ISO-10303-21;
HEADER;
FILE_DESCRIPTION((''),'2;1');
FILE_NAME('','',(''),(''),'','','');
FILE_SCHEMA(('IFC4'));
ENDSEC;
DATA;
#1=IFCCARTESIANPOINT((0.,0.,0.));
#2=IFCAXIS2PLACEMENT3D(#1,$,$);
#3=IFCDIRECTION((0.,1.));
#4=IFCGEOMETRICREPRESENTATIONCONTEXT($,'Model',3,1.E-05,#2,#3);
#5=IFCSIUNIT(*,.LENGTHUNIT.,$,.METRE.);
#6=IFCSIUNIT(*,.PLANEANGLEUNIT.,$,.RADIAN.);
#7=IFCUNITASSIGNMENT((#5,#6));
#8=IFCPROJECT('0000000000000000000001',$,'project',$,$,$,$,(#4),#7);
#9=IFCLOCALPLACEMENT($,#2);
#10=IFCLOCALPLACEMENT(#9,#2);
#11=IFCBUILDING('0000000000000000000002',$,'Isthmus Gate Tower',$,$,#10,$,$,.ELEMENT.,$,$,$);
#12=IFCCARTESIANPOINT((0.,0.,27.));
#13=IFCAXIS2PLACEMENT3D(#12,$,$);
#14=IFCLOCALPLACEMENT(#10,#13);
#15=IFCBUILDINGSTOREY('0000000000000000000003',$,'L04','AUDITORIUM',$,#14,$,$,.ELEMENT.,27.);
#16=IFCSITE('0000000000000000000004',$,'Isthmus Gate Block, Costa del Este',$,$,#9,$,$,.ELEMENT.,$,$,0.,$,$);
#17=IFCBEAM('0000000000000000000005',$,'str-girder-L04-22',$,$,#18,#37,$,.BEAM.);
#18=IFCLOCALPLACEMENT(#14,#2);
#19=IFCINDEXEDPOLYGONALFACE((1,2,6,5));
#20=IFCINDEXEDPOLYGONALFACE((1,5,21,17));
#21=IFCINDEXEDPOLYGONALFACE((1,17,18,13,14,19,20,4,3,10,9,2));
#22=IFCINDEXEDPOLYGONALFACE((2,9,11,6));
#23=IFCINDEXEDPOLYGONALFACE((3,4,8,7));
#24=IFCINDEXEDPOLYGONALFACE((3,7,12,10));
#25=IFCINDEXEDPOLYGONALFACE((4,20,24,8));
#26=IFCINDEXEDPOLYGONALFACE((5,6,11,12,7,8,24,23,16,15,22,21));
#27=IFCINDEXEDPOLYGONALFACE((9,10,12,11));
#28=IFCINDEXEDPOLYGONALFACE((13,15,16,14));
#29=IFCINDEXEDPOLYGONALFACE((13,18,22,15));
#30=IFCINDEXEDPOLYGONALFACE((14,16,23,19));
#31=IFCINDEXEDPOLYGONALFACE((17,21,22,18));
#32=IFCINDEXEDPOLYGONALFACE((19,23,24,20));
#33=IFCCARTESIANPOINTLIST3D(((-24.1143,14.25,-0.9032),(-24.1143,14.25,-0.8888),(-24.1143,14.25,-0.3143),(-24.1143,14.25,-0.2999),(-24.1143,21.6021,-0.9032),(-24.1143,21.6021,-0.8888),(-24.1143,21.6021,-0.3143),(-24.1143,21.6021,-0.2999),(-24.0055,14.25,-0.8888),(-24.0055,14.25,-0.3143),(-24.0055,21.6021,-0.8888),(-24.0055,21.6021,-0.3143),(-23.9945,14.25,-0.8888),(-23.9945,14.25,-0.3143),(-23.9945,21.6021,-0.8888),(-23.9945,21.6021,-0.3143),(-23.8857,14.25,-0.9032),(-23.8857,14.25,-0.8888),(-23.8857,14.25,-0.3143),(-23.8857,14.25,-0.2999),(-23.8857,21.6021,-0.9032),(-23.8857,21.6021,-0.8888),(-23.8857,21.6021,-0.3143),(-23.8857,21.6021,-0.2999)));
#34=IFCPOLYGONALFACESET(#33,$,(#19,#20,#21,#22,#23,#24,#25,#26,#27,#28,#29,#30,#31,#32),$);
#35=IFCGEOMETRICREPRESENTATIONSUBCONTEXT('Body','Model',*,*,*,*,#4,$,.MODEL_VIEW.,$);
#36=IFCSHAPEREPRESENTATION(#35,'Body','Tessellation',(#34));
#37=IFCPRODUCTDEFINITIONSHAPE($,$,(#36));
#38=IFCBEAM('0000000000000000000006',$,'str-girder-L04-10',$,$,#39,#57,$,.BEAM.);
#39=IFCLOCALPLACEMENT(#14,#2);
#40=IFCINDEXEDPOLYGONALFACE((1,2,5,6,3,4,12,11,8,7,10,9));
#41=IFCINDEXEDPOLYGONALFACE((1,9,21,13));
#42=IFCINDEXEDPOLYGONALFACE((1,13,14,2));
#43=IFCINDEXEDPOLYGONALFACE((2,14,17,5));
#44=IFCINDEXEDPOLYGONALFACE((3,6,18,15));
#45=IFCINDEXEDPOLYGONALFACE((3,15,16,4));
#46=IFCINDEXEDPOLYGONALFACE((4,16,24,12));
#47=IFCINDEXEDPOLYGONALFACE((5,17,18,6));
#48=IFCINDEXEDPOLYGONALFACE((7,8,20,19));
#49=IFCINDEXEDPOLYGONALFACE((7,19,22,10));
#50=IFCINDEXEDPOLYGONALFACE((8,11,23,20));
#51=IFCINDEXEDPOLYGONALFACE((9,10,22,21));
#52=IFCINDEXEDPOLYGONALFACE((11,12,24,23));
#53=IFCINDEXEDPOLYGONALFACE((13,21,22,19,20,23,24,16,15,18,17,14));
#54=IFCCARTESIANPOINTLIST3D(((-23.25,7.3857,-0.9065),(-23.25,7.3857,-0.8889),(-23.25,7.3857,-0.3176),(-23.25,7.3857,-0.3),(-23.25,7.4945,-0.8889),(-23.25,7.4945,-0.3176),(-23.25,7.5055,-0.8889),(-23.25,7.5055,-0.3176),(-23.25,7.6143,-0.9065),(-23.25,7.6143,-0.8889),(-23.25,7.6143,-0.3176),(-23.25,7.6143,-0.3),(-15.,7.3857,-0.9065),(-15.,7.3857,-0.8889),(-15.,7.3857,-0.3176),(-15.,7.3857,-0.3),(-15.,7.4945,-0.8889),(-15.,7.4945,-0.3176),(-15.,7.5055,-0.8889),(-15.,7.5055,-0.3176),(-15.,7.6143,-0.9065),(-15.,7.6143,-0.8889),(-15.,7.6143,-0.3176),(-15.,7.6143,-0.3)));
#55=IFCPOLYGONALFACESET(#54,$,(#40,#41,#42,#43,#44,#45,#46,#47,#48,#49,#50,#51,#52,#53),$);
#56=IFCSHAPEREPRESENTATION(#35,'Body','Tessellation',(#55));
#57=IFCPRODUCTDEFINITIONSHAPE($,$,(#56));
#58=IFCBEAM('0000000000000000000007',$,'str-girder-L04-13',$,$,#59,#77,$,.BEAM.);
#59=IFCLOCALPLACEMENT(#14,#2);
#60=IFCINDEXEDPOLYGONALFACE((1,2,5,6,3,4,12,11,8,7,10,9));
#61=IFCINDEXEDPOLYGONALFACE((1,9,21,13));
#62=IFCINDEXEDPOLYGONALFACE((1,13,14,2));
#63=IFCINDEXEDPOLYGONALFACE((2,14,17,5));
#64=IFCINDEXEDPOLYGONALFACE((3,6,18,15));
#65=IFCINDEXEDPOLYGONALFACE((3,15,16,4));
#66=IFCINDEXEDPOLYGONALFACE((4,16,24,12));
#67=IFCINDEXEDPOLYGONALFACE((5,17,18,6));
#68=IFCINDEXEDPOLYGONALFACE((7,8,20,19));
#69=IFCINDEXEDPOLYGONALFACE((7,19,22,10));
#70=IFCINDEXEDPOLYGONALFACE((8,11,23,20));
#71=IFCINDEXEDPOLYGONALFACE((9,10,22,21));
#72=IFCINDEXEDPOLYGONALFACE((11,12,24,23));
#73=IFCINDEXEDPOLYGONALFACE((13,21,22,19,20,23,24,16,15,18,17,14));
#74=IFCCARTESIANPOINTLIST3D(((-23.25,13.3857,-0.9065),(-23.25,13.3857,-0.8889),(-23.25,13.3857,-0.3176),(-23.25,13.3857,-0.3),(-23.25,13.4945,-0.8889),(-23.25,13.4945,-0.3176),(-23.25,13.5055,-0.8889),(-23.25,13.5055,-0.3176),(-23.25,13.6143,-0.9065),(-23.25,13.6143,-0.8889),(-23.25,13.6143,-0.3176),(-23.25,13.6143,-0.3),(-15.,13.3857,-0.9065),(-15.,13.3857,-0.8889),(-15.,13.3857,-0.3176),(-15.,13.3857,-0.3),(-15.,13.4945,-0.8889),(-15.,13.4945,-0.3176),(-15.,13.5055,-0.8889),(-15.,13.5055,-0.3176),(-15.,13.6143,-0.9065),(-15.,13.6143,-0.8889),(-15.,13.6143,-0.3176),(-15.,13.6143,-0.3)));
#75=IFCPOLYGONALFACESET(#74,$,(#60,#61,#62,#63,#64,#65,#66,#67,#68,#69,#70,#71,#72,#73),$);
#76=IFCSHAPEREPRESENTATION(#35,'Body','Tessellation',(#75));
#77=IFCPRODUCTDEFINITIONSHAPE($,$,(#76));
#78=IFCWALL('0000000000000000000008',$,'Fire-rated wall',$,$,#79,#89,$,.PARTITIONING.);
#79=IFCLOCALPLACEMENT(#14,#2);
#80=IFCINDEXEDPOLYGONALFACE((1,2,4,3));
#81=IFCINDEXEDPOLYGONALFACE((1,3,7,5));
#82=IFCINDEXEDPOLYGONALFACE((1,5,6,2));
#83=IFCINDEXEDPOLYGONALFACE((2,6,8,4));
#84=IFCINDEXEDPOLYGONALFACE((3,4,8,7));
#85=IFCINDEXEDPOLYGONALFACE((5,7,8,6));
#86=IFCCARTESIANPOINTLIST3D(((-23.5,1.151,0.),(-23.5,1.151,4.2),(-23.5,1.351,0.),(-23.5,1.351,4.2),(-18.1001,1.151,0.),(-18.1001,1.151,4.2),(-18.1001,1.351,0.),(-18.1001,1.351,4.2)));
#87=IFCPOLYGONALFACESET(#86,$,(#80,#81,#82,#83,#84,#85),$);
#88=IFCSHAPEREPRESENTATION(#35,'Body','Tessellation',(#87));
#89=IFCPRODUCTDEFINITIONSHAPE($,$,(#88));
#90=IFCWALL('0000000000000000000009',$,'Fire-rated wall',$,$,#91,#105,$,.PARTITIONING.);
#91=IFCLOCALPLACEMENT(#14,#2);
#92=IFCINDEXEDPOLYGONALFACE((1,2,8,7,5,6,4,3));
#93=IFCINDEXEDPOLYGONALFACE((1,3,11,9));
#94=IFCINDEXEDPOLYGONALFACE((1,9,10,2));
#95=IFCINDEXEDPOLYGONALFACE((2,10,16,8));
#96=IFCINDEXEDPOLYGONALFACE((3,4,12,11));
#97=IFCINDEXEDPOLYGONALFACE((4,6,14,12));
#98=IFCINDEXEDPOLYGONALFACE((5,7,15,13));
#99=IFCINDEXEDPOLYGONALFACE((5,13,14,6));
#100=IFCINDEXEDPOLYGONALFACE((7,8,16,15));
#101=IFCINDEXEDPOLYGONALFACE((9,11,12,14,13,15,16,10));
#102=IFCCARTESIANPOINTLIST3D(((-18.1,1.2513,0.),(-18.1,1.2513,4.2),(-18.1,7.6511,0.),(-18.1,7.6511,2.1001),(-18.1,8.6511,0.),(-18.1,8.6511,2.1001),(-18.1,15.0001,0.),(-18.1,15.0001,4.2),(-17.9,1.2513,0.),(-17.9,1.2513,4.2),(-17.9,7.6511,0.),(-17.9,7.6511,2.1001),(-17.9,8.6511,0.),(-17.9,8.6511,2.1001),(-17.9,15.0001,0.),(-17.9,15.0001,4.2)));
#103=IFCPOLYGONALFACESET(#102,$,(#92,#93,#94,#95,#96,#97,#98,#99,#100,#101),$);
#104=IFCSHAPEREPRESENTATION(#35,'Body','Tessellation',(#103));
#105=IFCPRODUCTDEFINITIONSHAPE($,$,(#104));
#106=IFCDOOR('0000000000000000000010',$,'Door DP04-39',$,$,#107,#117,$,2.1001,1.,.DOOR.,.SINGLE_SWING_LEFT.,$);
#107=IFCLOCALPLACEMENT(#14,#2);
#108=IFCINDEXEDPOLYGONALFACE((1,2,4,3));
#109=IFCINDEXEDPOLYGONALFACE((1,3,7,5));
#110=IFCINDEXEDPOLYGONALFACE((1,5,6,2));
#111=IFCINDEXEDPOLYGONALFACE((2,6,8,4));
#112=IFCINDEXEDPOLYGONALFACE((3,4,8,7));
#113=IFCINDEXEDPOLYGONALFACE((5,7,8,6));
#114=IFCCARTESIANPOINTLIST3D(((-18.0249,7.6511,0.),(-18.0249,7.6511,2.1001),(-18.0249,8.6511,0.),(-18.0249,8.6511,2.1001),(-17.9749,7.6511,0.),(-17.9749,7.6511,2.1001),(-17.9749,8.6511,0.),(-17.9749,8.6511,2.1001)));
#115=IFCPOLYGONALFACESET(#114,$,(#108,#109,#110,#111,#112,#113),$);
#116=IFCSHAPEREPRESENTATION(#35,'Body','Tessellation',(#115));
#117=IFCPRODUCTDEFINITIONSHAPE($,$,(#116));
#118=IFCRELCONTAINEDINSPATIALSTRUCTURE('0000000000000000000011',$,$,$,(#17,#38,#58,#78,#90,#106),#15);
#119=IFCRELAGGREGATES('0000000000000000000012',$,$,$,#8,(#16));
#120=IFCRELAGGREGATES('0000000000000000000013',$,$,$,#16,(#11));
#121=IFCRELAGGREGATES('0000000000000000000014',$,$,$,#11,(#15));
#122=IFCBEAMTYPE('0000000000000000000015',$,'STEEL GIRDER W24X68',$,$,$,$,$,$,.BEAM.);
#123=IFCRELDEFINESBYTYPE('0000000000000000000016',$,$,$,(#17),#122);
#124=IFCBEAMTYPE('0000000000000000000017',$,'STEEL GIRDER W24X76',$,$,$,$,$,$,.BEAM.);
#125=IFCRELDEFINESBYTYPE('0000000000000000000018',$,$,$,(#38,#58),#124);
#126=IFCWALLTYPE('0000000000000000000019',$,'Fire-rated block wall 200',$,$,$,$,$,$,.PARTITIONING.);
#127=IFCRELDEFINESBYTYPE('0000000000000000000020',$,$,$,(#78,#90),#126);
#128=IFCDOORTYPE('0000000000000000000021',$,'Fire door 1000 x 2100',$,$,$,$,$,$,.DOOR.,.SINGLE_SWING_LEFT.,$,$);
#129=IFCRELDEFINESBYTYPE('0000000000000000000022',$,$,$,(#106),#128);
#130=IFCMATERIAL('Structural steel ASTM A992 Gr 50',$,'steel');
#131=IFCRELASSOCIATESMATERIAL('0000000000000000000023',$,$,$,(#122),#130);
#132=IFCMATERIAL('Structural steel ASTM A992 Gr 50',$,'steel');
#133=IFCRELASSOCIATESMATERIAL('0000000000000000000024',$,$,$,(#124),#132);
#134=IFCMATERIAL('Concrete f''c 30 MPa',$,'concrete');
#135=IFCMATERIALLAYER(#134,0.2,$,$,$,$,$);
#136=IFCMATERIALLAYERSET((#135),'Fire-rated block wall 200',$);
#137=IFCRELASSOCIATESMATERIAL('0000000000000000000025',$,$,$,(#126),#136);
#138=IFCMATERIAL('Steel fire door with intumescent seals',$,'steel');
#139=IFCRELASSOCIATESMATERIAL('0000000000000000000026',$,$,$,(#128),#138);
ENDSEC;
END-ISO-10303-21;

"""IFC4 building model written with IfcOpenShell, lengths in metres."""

from ifc_helpers import new_model, si_unit, direction, frame, frame_2d, origin, origin_2d, place, context, subcontext, project, spatial, rectangle, i_section, extrude, material, layer, layer_set, material_profile, profile_set, type_object, element, fill, save


model = new_model("IFC4")

# Units and contexts
model_context = context("Model", 3, precision=1e-05, world=origin(), true_north=direction((0.0, 1.0)))
body_context = subcontext(model_context, "Body", "Model", "MODEL_VIEW")
ifc_project = project(units=[si_unit("LENGTHUNIT", "METRE"), si_unit("PLANEANGLEUNIT", "RADIAN")], contexts=[model_context])

# Site, building, storey
site_placement = place(None, origin())
site = spatial("IfcSite", under=ifc_project, at=site_placement, Name="Isthmus Gate Block, Costa del Este", CompositionType="ELEMENT", RefElevation=0.0)
building_placement = place(site_placement, origin())
building = spatial("IfcBuilding", under=site, at=building_placement, Name="Isthmus Gate Tower", CompositionType="ELEMENT")
storey_placement = place(building_placement, frame((0.0, 0.0, 27.0)))
storey = spatial("IfcBuildingStorey", under=building, at=storey_placement, Name="L04", Description="AUDITORIUM", CompositionType="ELEMENT", Elevation=27.0)

# Beams
ifc_material_1 = material(Name="Structural steel ASTM A992 Gr 50", Category="steel")
ifc_material_profile_1 = material_profile(ifc_material_1, i_section(OverallWidth=0.2285, OverallDepth=0.6033, WebThickness=0.011, FlangeThickness=0.0144, at=origin_2d()), Name="W24X68")
ifc_profile_set_1 = profile_set([ifc_material_profile_1], Name="Structural steel ASTM A992 Gr 50")
beam_type_1 = type_object("IfcBeamType", Name="STEEL GIRDER W24X68", PredefinedType="BEAM", material=ifc_profile_set_1)
beam_1_placement = place(storey_placement, frame((-24.0, 14.25, -0.6016), z_axis=(0.0, 1.0, 0.0), x_axis=(-1.0, 0.0, 0.0)))
element("IfcBeam", 1, at=beam_1_placement, inside=storey, type_object=beam_type_1, Name="str-girder-L04-22", PredefinedType="BEAM", context=body_context, shape_type="SweptSolid", body=[
    extrude(i_section(OverallWidth=0.2285, OverallDepth=0.6033, WebThickness=0.011, FlangeThickness=0.0144, at=origin_2d()), origin(), (0.0, 0.0, 1.0), 7.3521),
])
ifc_material_2 = material(Name="Structural steel ASTM A992 Gr 50", Category="steel")
ifc_material_profile_2 = material_profile(ifc_material_2, i_section(OverallWidth=0.2285, OverallDepth=0.6064, WebThickness=0.011, FlangeThickness=0.0176, at=origin_2d()), Name="W24X76")
ifc_profile_set_2 = profile_set([ifc_material_profile_2], Name="Structural steel ASTM A992 Gr 50")
beam_type_2 = type_object("IfcBeamType", Name="STEEL GIRDER W24X76", PredefinedType="BEAM", material=ifc_profile_set_2)
for number, where, z_axis, x_axis, name in (
    (2, (-23.25, 7.5, -0.6033), (1.0, 0.0, 0.0), (0.0, 1.0, 0.0), "str-girder-L04-10"),
    (3, (-23.25, 13.5, -0.6033), (1.0, 0.0, 0.0), (0.0, 1.0, 0.0), "str-girder-L04-13"),
):
    element("IfcBeam", number, at=place(storey_placement, frame(where, z_axis=z_axis, x_axis=x_axis)), inside=storey, type_object=beam_type_2, Name=name, PredefinedType="BEAM", context=body_context, shape_type="SweptSolid", body=[
        extrude(i_section(OverallWidth=0.2285, OverallDepth=0.6064, WebThickness=0.011, FlangeThickness=0.0176, at=origin_2d()), origin(), (0.0, 0.0, 1.0), 8.25),
    ])

# Wall
ifc_material_3 = material(Name="Concrete f'c 30 MPa", Category="concrete")
ifc_layer_1 = layer(ifc_material_3, 0.2)
ifc_layer_set_1 = layer_set([ifc_layer_1], Name="Fire-rated block wall 200")
wall_type_1 = type_object("IfcWallType", Name="Fire-rated block wall 200", PredefinedType="PARTITIONING", material=ifc_layer_set_1)
wall_1_placement = place(storey_placement, frame((-23.5, 1.251, 0.0), z_axis=(0.0, 0.0, 1.0), x_axis=(1.0, 0.0, 0.0)))
element("IfcWall", 4, at=wall_1_placement, inside=storey, type_object=wall_type_1, Name="Fire-rated wall", PredefinedType="PARTITIONING", context=body_context, shape_type="SweptSolid", body=[
    extrude(rectangle(XDim=5.3999, YDim=0.2, at=frame_2d((2.7, 0.0))), origin(), (0.0, 0.0, 1.0), 4.2),
])

# Wall, opening, door
wall_2_placement = place(storey_placement, frame((-18.0, 1.2512, 0.0), z_axis=(0.0, 0.0, 1.0), x_axis=(0.0, 1.0, 0.0)))
wall_2 = element("IfcWall", 5, at=wall_2_placement, inside=storey, type_object=wall_type_1, Name="Fire-rated wall", PredefinedType="PARTITIONING", context=body_context, shape_type="SweptSolid", body=[
    extrude(rectangle(XDim=13.7488, YDim=0.2, at=frame_2d((6.8745, 0.0))), origin(), (0.0, 0.0, 1.0), 4.2),
])
opening_1_placement = place(wall_2_placement, frame((6.3999, 0.0, 0.0)))
opening_1 = element("IfcOpeningElement", 6, at=opening_1_placement, cuts=wall_2, PredefinedType="OPENING", context=body_context, shape_type="SweptSolid", body=[
    extrude(rectangle(XDim=1.0, YDim=2.1001, at=frame_2d((0.5, 1.05))), frame((0.0, 0.1099, 0.0), z_axis=(0.0, -1.0, 0.0), x_axis=(1.0, 0.0, 0.0)), (0.0, 0.0, 1.0), 0.22),
])
ifc_material_4 = material(Name="Steel fire door with intumescent seals", Category="steel")
door_type_1 = type_object("IfcDoorType", Name="Fire door 1000 x 2100", OperationType="SINGLE_SWING_LEFT", PredefinedType="DOOR", material=ifc_material_4)
door_1_placement = place(opening_1_placement, origin())
door_1 = element("IfcDoor", 7, at=door_1_placement, inside=storey, type_object=door_type_1, Name="Door DP04-39", OperationType="SINGLE_SWING_LEFT", OverallHeight=2.1001, OverallWidth=1.0, PredefinedType="DOOR", context=body_context, shape_type="SweptSolid", body=[
    extrude(rectangle(XDim=1.0, YDim=2.1001, at=frame_2d((0.5, 1.05))), frame((0.0, 0.0249, 0.0), z_axis=(0.0, -1.0, 0.0), x_axis=(1.0, 0.0, 0.0)), (0.0, 0.0, 1.0), 0.05),
])
fill(opening_1, door_1)

save(model, "model.ifc")
